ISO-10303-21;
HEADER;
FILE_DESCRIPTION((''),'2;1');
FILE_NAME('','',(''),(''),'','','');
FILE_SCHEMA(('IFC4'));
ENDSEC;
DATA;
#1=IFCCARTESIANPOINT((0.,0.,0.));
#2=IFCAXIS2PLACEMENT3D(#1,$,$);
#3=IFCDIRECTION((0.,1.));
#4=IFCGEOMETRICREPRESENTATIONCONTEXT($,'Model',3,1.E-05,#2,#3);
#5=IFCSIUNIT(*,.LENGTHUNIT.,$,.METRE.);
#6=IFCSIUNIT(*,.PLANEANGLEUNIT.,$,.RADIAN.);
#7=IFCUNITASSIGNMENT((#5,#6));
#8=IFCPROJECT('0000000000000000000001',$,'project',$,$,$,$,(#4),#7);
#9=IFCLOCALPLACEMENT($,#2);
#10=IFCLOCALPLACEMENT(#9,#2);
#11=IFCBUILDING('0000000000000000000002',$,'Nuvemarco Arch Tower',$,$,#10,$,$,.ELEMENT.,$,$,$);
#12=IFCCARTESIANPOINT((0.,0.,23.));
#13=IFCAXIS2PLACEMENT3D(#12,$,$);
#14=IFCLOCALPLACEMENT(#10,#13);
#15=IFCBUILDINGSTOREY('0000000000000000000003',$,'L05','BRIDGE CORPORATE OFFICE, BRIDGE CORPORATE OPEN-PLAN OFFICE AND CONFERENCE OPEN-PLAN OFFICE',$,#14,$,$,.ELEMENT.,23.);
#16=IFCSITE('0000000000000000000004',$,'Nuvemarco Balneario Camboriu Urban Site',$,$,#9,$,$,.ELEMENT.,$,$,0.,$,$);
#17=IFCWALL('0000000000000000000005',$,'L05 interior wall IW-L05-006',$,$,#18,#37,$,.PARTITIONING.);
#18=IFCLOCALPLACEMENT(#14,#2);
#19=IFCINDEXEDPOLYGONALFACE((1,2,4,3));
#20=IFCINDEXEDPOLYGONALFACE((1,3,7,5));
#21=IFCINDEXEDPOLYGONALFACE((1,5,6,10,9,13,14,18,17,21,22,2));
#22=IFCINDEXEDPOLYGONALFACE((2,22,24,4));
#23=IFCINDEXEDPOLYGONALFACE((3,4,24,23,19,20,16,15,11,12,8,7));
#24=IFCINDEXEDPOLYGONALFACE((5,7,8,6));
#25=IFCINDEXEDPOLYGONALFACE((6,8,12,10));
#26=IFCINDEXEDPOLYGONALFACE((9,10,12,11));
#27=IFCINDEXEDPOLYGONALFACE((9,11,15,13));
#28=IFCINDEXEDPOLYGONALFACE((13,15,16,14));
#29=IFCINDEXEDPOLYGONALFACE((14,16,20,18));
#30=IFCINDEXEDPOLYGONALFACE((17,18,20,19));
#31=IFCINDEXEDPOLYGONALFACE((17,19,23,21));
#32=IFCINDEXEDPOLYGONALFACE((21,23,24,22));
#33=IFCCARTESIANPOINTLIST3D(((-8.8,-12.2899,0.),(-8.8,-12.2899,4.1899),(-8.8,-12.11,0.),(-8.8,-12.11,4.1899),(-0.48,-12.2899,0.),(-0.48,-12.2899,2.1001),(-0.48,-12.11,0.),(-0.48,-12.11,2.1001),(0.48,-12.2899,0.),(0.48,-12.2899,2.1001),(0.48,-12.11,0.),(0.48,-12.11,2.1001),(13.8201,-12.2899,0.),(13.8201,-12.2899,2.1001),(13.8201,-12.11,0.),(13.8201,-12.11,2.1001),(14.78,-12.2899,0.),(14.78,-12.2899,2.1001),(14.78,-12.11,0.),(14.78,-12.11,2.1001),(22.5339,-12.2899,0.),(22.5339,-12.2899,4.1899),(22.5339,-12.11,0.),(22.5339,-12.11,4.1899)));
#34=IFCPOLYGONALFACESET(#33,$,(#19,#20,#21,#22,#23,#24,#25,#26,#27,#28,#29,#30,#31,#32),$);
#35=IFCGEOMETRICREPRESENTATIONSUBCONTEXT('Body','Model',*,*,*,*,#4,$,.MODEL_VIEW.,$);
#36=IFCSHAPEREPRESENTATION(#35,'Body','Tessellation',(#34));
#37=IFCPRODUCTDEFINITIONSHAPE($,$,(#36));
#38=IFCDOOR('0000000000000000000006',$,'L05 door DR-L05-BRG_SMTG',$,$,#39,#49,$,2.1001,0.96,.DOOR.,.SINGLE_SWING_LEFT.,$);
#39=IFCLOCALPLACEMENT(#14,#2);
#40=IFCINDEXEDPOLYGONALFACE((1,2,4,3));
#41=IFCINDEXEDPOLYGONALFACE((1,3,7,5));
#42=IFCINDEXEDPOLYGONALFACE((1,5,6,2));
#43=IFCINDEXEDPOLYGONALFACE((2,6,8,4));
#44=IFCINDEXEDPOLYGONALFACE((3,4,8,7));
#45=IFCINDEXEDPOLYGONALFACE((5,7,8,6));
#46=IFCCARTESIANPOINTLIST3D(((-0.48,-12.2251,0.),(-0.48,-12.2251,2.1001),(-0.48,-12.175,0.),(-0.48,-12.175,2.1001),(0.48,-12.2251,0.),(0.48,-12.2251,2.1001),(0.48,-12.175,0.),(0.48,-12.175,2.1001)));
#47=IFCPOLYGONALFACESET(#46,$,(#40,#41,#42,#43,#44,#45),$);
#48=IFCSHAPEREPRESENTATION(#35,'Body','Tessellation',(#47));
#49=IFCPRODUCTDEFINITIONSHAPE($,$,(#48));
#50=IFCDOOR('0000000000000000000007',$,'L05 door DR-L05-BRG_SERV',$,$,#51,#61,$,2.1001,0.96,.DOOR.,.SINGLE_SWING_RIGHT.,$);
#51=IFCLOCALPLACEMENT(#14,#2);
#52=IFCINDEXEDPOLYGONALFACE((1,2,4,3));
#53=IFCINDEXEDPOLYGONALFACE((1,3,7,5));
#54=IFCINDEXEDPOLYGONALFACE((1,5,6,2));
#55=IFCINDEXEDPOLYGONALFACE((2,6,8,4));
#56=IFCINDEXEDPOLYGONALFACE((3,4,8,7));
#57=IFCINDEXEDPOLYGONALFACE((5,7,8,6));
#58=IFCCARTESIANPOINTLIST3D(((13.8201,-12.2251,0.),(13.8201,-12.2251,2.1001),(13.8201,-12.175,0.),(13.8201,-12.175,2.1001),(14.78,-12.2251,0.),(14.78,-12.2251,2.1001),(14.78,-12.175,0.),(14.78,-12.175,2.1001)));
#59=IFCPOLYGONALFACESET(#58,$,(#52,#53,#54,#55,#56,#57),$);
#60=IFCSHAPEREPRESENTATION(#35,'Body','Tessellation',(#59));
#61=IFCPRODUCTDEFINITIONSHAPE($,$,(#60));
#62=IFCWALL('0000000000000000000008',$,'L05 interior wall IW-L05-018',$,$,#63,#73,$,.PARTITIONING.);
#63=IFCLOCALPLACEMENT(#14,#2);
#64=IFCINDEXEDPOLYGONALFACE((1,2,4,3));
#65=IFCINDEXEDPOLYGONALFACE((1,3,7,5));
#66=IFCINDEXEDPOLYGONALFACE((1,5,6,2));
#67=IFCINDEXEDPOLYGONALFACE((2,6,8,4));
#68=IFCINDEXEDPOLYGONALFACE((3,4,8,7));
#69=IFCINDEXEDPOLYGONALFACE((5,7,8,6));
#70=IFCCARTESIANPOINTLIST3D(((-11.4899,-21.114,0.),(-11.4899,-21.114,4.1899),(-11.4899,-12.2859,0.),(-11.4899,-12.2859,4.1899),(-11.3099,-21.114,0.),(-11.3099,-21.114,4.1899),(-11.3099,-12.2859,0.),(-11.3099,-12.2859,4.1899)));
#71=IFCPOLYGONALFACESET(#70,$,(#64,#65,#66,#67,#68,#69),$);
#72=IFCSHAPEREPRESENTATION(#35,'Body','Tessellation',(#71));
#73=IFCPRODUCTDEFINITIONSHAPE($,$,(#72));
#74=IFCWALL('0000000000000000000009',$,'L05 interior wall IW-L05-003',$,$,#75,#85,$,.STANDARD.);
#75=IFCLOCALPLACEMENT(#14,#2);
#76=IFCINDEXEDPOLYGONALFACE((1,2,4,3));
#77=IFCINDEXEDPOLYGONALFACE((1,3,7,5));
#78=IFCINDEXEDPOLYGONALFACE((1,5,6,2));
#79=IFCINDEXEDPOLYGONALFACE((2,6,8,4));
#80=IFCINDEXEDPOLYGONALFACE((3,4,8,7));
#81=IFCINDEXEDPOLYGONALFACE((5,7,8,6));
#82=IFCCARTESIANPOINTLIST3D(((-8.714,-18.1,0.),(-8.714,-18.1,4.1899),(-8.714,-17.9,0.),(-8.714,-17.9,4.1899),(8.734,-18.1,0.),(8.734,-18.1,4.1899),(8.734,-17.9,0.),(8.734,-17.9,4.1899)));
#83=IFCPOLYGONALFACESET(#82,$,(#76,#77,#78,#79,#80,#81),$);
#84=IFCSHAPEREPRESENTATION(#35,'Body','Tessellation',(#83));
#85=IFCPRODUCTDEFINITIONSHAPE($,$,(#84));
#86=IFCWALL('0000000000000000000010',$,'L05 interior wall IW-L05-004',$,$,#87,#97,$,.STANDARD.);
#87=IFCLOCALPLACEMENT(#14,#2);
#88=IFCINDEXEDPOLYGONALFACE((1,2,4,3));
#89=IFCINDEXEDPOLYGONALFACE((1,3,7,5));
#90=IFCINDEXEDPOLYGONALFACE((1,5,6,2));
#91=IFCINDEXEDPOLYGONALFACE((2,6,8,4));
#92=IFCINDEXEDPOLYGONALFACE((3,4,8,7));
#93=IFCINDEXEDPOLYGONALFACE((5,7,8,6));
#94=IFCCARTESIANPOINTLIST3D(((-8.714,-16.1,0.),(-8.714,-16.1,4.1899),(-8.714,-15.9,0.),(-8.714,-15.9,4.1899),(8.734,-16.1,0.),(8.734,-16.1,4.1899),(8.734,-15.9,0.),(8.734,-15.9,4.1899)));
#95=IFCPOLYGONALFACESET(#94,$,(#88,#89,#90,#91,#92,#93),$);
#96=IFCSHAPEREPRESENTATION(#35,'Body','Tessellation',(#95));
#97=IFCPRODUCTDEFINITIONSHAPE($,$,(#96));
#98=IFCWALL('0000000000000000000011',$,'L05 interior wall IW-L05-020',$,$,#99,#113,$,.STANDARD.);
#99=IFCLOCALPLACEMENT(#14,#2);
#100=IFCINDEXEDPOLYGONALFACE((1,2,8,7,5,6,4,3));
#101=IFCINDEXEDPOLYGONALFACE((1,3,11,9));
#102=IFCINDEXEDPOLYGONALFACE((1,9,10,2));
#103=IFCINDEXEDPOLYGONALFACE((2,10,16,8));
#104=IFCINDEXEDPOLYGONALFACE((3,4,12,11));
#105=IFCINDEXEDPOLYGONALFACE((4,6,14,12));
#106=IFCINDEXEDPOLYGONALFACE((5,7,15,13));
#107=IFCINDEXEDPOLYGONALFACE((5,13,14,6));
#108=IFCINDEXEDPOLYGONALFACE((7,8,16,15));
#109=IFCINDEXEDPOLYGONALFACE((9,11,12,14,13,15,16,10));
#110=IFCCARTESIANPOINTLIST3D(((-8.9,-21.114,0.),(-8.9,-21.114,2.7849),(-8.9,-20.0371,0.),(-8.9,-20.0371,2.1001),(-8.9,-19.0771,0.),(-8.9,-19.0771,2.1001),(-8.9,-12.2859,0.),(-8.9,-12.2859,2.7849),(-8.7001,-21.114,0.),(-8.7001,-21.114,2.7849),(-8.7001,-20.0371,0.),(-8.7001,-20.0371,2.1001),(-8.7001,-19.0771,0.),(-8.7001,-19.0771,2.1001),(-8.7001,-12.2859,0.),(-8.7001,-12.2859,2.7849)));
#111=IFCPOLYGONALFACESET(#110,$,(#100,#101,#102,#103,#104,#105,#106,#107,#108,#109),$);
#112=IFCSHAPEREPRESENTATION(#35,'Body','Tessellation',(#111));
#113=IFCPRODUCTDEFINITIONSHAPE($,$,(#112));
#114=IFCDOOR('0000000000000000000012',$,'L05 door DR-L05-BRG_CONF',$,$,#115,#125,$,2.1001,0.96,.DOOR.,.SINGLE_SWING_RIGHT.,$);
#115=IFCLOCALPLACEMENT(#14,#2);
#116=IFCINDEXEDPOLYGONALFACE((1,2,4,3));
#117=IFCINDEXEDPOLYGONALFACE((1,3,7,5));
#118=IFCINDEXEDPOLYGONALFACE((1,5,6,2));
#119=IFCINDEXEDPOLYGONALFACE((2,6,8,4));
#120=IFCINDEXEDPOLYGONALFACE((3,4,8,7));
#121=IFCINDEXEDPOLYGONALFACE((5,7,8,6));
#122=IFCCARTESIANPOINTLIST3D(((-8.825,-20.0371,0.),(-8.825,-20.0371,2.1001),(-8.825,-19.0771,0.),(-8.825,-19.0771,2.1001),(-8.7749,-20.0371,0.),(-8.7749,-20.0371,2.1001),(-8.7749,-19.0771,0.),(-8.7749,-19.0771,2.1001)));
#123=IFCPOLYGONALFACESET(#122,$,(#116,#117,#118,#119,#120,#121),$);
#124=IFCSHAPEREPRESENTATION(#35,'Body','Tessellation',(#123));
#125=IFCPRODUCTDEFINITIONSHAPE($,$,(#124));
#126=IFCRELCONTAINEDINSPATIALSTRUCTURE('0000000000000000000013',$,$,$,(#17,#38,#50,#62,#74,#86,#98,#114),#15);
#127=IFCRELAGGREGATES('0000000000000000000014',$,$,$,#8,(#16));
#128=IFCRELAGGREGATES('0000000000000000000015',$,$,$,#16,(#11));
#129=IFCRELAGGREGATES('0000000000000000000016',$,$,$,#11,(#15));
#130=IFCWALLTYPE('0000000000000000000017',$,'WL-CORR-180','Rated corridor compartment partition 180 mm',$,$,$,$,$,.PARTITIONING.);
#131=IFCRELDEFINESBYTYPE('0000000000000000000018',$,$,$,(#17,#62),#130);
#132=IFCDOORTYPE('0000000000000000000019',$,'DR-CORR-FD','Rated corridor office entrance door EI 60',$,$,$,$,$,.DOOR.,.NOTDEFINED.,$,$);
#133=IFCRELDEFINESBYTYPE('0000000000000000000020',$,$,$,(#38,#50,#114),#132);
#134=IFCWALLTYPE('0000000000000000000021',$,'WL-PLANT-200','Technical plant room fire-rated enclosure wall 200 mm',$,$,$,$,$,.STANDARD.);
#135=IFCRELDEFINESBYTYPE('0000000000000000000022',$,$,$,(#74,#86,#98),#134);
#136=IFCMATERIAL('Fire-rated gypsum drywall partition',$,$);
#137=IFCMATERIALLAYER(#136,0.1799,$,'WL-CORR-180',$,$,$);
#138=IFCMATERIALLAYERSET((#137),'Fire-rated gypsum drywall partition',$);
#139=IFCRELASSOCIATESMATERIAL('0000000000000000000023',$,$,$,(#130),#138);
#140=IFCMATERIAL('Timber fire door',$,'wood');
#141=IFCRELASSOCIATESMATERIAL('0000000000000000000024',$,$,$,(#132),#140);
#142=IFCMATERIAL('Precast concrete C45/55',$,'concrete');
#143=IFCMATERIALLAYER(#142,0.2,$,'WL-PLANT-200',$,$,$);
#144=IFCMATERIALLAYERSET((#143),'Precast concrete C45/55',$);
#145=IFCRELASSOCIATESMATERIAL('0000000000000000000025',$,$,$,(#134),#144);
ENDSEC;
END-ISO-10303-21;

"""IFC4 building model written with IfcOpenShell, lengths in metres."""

from ifc_helpers import new_model, si_unit, direction, frame, frame_2d, origin, place, context, subcontext, project, spatial, rectangle, extrude, source, transform, mapped, material, layer, layer_set, type_object, type_shapes, element, fill, save


model = new_model("IFC4")

# Units and contexts
model_context = context("Model", 3, precision=1e-05, world=origin(), true_north=direction((0.0, 1.0)))
body_context = subcontext(model_context, "Body", "Model", "MODEL_VIEW")
ifc_project = project(units=[si_unit("LENGTHUNIT", "METRE"), si_unit("PLANEANGLEUNIT", "RADIAN")], contexts=[model_context])

# Site, building, storey
site_placement = place(None, origin())
site = spatial("IfcSite", under=ifc_project, at=site_placement, Name="Nuvemarco Balneario Camboriu Urban Site", CompositionType="ELEMENT", RefElevation=0.0)
building_placement = place(site_placement, origin())
building = spatial("IfcBuilding", under=site, at=building_placement, Name="Nuvemarco Arch Tower", CompositionType="ELEMENT")
storey_placement = place(building_placement, frame((0.0, 0.0, 23.0)))
storey = spatial("IfcBuildingStorey", under=building, at=storey_placement, Name="L05", Description="BRIDGE CORPORATE OFFICE, BRIDGE CORPORATE OPEN-PLAN OFFICE AND CONFERENCE OPEN-PLAN OFFICE", CompositionType="ELEMENT", Elevation=23.0)

# Shared definitions
ifc_material_1 = material(Name="Fire-rated gypsum drywall partition")
ifc_layer_1 = layer(ifc_material_1, 0.1799, Name="WL-CORR-180")
ifc_layer_set_1 = layer_set([ifc_layer_1], Name="Fire-rated gypsum drywall partition")
wall_type_1 = type_object("IfcWallType", Name="WL-CORR-180", Description="Rated corridor compartment partition 180 mm", PredefinedType="PARTITIONING", material=ifc_layer_set_1)

# Wall, openings, doors
wall_1_placement = place(storey_placement, frame((-8.8, -12.2, 0.0), z_axis=(0.0, 0.0, 1.0), x_axis=(1.0, 0.0, 0.0)))
wall_1 = element("IfcWall", 1, at=wall_1_placement, inside=storey, type_object=wall_type_1, Name="L05 interior wall IW-L05-006", PredefinedType="PARTITIONING", context=body_context, shape_type="SweptSolid", body=[
    extrude(rectangle(XDim=31.334, YDim=0.1799, at=frame_2d((15.667, 0.0))), origin(), (0.0, 0.0, 1.0), 4.1899),
])
opening_1_placement = place(wall_1_placement, frame((8.3201, 0.0, 0.0)))
opening_1 = element("IfcOpeningElement", 2, at=opening_1_placement, cuts=wall_1, PredefinedType="OPENING", context=body_context, shape_type="SweptSolid", body=[
    extrude(rectangle(XDim=0.96, YDim=2.1001, at=frame_2d((0.48, 1.05))), frame((0.0, 0.0999, 0.0), z_axis=(0.0, -1.0, 0.0), x_axis=(1.0, 0.0, 0.0)), (0.0, 0.0, 1.0), 0.2),
])
opening_2_placement = place(wall_1_placement, frame((22.6201, 0.0, 0.0)))
opening_2 = element("IfcOpeningElement", 3, at=opening_2_placement, cuts=wall_1, PredefinedType="OPENING", context=body_context, shape_type="SweptSolid", body=[
    extrude(rectangle(XDim=0.96, YDim=2.1001, at=frame_2d((0.48, 1.05))), frame((0.0, 0.0999, 0.0), z_axis=(0.0, -1.0, 0.0), x_axis=(1.0, 0.0, 0.0)), (0.0, 0.0, 1.0), 0.2),
])
ifc_material_2 = material(Name="Timber fire door", Category="wood")
door_type = type_object("IfcDoorType", Name="DR-CORR-FD", Description="Rated corridor office entrance door EI 60", OperationType="NOTDEFINED", PredefinedType="DOOR", material=ifc_material_2)
shared_shape_1 = source(origin(), body_context, "Body", "SweptSolid", [
    extrude(rectangle(XDim=0.96, YDim=2.1001, at=frame_2d((0.48, 1.05))), frame((0.0, 0.0249, 0.0), z_axis=(0.0, -1.0, 0.0), x_axis=(1.0, 0.0, 0.0)), (0.0, 0.0, 1.0), 0.05),
])
type_shapes(door_type, [shared_shape_1])
door_1_placement = place(opening_1_placement, origin())
door_1 = element("IfcDoor", 4, at=door_1_placement, inside=storey, type_object=door_type, Name="L05 door DR-L05-BRG_SMTG", OperationType="SINGLE_SWING_LEFT", OverallHeight=2.1001, OverallWidth=0.96, PredefinedType="DOOR", context=body_context, shape_type="MappedRepresentation", body=[
    mapped(shared_shape_1, transform((0.0, 0.0, 0.0), scale=1.0)),
])
fill(opening_1, door_1)
door_2_placement = place(opening_2_placement, origin())
door_2 = element("IfcDoor", 5, at=door_2_placement, inside=storey, type_object=door_type, Name="L05 door DR-L05-BRG_SERV", OperationType="SINGLE_SWING_RIGHT", OverallHeight=2.1001, OverallWidth=0.96, PredefinedType="DOOR", context=body_context, shape_type="MappedRepresentation", body=[
    mapped(shared_shape_1, transform((0.0, 0.0, 0.0), scale=1.0)),
])
fill(opening_2, door_2)

# Walls
wall_2_placement = place(storey_placement, frame((-11.3999, -21.114, 0.0), z_axis=(0.0, 0.0, 1.0), x_axis=(0.0, 1.0, 0.0)))
element("IfcWall", 6, at=wall_2_placement, inside=storey, type_object=wall_type_1, Name="L05 interior wall IW-L05-018", PredefinedType="PARTITIONING", context=body_context, shape_type="SweptSolid", body=[
    extrude(rectangle(XDim=8.8281, YDim=0.1799, at=frame_2d((4.4141, 0.0))), origin(), (0.0, 0.0, 1.0), 4.1899),
])
ifc_material_3 = material(Name="Precast concrete C45/55", Category="concrete")
ifc_layer_2 = layer(ifc_material_3, 0.2, Name="WL-PLANT-200")
ifc_layer_set_2 = layer_set([ifc_layer_2], Name="Precast concrete C45/55")
wall_type_2 = type_object("IfcWallType", Name="WL-PLANT-200", Description="Technical plant room fire-rated enclosure wall 200 mm", PredefinedType="STANDARD", material=ifc_layer_set_2)
for number, where, z_axis, x_axis, name in (
    (7, (-8.7141, -18.0, 0.0), (0.0, 0.0, 1.0), (1.0, 0.0, 0.0), "L05 interior wall IW-L05-003"),
    (8, (-8.7141, -16.0, 0.0), (0.0, 0.0, 1.0), (1.0, 0.0, 0.0), "L05 interior wall IW-L05-004"),
):
    element("IfcWall", number, at=place(storey_placement, frame(where, z_axis=z_axis, x_axis=x_axis)), inside=storey, type_object=wall_type_2, Name=name, PredefinedType="STANDARD", context=body_context, shape_type="SweptSolid", body=[
        extrude(rectangle(XDim=17.448, YDim=0.2, at=frame_2d((8.7241, 0.0))), origin(), (0.0, 0.0, 1.0), 4.1899),
    ])

# Wall, opening, door
wall_3_placement = place(storey_placement, frame((-8.8, -21.114, 0.0), z_axis=(0.0, 0.0, 1.0), x_axis=(0.0, 1.0, 0.0)))
wall_3 = element("IfcWall", 9, at=wall_3_placement, inside=storey, type_object=wall_type_2, Name="L05 interior wall IW-L05-020", PredefinedType="STANDARD", context=body_context, shape_type="SweptSolid", body=[
    extrude(rectangle(XDim=8.8281, YDim=0.2, at=frame_2d((4.4141, 0.0))), origin(), (0.0, 0.0, 1.0), 2.7849),
])
opening_3_placement = place(wall_3_placement, frame((1.0769, 0.0, 0.0)))
opening_3 = element("IfcOpeningElement", 10, at=opening_3_placement, cuts=wall_3, PredefinedType="OPENING", context=body_context, shape_type="SweptSolid", body=[
    extrude(rectangle(XDim=0.96, YDim=2.1001, at=frame_2d((0.48, 1.05))), frame((0.0, 0.1099, 0.0), z_axis=(0.0, -1.0, 0.0), x_axis=(1.0, 0.0, 0.0)), (0.0, 0.0, 1.0), 0.22),
])
door_3_placement = place(opening_3_placement, origin())
door_3 = element("IfcDoor", 11, at=door_3_placement, inside=storey, type_object=door_type, Name="L05 door DR-L05-BRG_CONF", OperationType="SINGLE_SWING_RIGHT", OverallHeight=2.1001, OverallWidth=0.96, PredefinedType="DOOR", context=body_context, shape_type="MappedRepresentation", body=[
    mapped(shared_shape_1, transform((0.0, 0.0, 0.0), scale=1.0)),
])
fill(opening_3, door_3)

save(model, "model.ifc")
